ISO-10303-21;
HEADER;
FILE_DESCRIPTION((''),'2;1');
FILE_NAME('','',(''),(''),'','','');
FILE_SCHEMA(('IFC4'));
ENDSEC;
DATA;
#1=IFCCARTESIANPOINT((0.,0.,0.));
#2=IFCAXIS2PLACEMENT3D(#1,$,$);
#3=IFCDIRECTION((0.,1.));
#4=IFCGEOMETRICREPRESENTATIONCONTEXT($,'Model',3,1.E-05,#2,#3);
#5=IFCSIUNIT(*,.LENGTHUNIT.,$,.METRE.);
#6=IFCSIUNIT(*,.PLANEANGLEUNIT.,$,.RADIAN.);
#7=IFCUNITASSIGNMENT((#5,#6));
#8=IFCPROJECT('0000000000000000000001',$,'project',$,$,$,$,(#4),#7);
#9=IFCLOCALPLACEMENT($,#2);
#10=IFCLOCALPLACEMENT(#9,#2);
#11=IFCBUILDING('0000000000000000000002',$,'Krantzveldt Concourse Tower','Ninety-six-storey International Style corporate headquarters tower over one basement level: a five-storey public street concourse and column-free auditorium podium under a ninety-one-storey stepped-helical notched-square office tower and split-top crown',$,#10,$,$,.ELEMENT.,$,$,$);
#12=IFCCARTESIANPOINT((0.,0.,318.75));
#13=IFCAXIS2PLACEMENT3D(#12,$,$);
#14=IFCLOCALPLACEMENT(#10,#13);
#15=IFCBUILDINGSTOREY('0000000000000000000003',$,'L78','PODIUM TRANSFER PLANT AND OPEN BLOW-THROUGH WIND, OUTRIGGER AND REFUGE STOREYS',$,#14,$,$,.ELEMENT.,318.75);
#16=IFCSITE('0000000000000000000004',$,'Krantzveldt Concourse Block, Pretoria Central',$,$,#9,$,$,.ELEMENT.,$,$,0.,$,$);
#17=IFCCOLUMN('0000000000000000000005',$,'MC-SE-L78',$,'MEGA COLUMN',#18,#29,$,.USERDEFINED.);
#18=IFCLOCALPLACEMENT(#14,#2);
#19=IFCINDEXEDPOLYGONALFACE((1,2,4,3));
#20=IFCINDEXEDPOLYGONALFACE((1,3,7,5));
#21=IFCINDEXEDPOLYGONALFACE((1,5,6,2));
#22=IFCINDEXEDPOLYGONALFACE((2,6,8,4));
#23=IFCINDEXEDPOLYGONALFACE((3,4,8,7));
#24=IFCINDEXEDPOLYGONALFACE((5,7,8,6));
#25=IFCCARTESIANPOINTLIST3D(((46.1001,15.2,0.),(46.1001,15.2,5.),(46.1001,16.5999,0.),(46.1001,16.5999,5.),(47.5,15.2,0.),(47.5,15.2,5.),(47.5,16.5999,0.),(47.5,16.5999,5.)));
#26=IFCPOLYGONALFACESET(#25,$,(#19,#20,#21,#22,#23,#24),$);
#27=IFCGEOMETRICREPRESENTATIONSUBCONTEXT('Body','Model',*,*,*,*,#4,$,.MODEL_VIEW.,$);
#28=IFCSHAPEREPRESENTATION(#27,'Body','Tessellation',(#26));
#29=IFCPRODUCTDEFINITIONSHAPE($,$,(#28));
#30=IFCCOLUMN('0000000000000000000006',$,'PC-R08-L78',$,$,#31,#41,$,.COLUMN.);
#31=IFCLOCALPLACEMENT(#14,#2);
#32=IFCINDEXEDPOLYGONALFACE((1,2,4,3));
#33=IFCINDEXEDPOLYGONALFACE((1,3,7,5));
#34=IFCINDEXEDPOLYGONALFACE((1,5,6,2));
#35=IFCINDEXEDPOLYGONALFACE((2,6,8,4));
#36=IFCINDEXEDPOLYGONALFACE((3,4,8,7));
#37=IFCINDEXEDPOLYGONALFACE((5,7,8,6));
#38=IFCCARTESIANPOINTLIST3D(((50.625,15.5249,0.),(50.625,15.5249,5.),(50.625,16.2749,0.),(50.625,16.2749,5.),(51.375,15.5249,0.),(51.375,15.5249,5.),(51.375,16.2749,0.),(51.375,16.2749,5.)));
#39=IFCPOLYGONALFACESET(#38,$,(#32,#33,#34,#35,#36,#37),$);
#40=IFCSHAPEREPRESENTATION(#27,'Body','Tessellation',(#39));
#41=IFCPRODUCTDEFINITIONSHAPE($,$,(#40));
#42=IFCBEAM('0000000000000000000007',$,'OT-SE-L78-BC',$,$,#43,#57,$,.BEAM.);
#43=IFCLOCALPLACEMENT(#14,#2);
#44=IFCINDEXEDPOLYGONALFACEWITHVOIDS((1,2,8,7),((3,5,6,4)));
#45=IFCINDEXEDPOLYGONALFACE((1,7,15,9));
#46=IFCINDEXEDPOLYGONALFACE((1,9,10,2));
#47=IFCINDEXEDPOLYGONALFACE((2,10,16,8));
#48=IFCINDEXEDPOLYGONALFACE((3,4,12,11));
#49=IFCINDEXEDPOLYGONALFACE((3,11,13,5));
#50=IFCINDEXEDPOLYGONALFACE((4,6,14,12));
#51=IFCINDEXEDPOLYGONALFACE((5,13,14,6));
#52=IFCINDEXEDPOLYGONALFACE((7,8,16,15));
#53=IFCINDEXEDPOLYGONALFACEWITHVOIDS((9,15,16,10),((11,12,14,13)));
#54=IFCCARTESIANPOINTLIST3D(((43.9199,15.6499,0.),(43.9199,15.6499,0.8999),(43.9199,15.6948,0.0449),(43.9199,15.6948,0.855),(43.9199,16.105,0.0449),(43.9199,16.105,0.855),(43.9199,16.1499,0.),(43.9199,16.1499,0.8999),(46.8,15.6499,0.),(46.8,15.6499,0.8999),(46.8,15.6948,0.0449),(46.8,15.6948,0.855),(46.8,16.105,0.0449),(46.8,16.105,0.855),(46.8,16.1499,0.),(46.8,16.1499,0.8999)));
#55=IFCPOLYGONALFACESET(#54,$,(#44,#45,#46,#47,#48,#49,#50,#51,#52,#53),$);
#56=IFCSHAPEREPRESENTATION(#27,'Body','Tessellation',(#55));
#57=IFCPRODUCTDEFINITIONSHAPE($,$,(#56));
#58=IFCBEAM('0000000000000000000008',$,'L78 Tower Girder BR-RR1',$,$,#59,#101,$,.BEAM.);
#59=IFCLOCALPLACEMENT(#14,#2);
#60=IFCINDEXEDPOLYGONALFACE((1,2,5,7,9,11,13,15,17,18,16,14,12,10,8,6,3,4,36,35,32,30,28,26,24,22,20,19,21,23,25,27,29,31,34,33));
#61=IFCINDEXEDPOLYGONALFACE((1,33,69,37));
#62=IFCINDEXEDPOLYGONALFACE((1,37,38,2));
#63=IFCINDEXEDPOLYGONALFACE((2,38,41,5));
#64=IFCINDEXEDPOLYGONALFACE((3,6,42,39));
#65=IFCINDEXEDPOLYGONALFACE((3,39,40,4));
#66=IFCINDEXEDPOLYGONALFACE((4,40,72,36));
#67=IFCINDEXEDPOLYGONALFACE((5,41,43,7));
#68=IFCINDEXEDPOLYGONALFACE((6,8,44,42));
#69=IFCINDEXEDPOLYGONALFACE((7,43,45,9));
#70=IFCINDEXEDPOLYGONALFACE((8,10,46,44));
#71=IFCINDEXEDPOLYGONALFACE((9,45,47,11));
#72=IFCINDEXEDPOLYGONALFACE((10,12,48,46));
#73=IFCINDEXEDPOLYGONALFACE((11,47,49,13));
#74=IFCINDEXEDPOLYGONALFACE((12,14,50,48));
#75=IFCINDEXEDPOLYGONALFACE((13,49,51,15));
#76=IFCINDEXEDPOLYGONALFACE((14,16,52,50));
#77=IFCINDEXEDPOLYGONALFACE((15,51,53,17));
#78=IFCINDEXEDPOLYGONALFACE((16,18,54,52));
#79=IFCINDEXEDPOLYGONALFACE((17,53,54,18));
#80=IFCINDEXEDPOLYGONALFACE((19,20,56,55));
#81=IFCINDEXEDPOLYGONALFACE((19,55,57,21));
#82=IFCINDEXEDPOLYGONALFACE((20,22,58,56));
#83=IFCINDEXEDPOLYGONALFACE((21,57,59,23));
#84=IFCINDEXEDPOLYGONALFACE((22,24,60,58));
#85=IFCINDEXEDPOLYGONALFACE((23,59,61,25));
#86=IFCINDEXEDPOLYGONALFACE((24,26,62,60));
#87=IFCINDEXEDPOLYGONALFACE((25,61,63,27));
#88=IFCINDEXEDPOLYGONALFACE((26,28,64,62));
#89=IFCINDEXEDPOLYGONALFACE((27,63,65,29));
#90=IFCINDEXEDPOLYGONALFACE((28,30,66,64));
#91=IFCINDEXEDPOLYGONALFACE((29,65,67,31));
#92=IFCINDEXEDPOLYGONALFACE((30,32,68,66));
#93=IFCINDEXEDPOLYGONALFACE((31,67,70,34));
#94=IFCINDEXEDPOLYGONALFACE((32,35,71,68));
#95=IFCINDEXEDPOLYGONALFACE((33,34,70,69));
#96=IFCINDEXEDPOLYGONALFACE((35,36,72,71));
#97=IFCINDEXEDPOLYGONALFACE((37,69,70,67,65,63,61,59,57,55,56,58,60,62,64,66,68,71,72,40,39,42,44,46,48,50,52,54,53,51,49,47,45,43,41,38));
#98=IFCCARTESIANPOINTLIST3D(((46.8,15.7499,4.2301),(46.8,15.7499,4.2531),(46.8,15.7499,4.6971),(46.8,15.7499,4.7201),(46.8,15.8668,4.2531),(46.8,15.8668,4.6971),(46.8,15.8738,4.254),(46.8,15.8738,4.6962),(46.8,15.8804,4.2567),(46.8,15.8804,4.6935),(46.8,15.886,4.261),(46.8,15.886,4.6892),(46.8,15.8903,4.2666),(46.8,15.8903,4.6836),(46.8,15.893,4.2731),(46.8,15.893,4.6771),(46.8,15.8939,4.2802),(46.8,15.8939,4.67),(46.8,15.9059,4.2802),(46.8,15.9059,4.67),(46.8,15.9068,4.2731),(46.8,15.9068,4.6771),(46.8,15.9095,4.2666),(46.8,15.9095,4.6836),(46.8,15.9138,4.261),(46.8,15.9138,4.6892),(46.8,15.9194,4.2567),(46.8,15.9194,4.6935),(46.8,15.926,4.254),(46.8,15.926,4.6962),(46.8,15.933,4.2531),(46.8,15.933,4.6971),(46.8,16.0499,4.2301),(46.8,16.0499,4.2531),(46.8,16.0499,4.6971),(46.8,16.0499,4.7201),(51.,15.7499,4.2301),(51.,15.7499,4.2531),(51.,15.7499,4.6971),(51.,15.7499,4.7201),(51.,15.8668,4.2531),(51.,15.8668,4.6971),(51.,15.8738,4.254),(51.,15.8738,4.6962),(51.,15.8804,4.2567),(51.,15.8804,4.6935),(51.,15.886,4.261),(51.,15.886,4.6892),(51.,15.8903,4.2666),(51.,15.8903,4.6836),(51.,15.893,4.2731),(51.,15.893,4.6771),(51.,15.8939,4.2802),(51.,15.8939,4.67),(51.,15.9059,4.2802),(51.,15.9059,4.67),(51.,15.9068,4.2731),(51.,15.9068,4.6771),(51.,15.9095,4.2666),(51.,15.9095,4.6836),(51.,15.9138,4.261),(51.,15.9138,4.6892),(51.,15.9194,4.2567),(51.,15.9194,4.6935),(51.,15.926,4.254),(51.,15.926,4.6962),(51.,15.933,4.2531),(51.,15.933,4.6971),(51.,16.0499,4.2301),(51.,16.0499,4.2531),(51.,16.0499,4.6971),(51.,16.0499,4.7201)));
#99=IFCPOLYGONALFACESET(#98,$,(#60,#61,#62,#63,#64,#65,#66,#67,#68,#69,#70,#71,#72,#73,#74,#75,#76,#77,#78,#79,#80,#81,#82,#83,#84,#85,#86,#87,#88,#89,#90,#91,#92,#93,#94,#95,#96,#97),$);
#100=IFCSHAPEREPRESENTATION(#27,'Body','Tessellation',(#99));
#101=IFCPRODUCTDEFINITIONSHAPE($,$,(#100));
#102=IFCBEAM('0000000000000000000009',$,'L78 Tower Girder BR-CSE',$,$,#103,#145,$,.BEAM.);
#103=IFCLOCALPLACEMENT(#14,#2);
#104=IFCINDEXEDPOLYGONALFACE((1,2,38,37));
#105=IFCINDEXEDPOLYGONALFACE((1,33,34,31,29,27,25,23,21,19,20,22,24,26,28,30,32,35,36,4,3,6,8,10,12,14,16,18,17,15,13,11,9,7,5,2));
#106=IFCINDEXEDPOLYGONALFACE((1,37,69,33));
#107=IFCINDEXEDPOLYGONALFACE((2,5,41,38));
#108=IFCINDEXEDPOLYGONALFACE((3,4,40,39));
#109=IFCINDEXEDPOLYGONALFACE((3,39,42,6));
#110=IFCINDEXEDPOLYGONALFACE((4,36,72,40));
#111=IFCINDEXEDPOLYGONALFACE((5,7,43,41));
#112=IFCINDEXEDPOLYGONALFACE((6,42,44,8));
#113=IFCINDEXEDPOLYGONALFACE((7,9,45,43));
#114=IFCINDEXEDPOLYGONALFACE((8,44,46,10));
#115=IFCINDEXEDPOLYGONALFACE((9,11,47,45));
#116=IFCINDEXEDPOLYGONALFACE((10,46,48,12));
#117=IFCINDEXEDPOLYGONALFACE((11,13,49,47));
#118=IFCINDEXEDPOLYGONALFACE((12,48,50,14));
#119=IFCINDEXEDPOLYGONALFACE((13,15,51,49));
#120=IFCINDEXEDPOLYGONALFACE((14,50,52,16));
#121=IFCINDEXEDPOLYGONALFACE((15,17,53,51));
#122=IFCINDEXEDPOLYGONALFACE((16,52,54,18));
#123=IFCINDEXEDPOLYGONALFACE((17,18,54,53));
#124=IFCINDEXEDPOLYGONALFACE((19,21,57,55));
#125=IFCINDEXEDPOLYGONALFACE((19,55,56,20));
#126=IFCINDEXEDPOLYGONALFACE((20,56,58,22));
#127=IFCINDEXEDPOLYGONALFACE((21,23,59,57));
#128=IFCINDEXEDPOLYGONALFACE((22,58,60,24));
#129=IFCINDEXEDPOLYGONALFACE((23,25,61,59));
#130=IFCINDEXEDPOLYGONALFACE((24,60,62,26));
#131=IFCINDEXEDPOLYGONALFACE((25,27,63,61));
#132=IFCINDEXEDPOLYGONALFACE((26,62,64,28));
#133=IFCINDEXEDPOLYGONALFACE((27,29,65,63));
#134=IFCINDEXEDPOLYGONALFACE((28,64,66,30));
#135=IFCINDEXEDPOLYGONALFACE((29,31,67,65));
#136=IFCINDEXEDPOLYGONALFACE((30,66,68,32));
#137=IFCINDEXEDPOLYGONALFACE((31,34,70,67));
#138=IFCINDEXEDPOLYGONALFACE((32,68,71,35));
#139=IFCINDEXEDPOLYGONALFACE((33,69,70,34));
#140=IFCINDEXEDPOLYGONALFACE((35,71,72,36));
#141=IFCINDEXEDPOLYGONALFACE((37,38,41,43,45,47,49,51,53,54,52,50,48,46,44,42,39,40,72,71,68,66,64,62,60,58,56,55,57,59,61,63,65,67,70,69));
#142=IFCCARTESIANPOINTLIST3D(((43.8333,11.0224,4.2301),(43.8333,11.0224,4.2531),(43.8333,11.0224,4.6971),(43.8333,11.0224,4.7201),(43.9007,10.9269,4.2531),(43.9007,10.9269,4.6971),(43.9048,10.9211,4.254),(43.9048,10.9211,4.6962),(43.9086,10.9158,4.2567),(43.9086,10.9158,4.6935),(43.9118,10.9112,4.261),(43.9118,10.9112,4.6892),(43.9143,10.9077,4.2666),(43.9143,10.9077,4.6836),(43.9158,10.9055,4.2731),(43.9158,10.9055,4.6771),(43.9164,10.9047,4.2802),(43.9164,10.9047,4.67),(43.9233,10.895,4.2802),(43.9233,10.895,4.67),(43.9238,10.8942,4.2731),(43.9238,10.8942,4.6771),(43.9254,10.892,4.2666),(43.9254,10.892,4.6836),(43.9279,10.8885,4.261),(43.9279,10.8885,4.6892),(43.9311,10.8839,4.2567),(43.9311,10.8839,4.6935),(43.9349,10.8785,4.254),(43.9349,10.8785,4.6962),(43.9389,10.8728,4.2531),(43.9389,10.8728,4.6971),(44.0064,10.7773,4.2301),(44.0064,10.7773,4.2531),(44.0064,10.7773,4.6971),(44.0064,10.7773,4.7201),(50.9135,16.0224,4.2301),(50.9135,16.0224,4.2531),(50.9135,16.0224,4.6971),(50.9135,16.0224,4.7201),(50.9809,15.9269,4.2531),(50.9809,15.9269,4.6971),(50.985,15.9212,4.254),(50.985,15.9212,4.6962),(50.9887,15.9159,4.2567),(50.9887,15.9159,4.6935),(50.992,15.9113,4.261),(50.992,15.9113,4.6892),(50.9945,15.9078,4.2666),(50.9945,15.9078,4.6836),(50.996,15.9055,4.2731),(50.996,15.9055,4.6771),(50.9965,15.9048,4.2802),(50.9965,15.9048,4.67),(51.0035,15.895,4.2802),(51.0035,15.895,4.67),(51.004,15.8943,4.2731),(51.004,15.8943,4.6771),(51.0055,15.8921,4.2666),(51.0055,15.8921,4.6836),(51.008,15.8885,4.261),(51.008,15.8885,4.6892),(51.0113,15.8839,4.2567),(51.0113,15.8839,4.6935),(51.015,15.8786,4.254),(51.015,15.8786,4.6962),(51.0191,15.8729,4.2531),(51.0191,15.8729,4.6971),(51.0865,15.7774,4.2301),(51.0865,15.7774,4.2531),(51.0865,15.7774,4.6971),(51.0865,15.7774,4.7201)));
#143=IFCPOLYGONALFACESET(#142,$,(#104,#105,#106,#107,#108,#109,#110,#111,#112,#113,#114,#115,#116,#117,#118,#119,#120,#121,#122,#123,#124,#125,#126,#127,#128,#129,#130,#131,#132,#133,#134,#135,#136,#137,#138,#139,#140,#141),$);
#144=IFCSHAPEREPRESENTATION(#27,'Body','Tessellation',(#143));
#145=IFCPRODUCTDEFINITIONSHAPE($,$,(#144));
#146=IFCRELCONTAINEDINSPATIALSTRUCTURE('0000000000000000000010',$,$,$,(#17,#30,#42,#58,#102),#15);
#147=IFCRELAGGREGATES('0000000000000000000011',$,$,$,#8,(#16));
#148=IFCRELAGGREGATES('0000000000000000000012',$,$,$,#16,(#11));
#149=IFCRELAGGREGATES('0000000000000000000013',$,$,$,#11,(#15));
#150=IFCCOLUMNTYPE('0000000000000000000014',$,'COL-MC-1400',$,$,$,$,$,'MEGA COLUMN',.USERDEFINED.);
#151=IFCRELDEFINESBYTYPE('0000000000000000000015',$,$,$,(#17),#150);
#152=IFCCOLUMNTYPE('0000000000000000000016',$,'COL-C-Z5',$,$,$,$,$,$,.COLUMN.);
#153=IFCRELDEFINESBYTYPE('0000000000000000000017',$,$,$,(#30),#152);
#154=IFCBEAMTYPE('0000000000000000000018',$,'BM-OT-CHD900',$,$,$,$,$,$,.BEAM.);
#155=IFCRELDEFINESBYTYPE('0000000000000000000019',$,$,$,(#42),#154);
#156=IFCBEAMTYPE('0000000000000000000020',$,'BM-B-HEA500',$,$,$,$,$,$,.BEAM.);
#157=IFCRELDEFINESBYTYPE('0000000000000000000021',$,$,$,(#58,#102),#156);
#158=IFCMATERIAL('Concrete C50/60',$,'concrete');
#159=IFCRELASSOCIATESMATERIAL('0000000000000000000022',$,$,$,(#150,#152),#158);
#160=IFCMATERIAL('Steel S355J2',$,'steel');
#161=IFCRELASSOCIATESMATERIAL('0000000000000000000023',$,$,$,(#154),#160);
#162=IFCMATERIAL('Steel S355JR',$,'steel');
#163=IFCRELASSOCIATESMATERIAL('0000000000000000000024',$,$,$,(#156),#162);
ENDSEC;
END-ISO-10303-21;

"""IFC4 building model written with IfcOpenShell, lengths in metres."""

from ifc_helpers import new_model, si_unit, direction, frame, origin, origin_2d, place, context, subcontext, project, spatial, rectangle, hollow_rectangle, i_section, extrude, source, transform, mapped, material, material_profile, profile_set, type_object, type_shapes, element, save


model = new_model("IFC4")

# Units and contexts
model_context = context("Model", 3, precision=1e-05, world=origin(), true_north=direction((0.0, 1.0)))
body_context = subcontext(model_context, "Body", "Model", "MODEL_VIEW")
ifc_project = project(units=[si_unit("LENGTHUNIT", "METRE"), si_unit("PLANEANGLEUNIT", "RADIAN")], contexts=[model_context])

# Site, building, storey
site_placement = place(None, origin())
site = spatial("IfcSite", under=ifc_project, at=site_placement, Name="Krantzveldt Concourse Block, Pretoria Central", CompositionType="ELEMENT", RefElevation=0.0)
building_placement = place(site_placement, origin())
building = spatial("IfcBuilding", under=site, at=building_placement, Name="Krantzveldt Concourse Tower", Description="Ninety-six-storey International Style corporate headquarters tower over one basement level: a five-storey public street concourse and column-free auditorium podium under a ninety-one-storey stepped-helical notched-square office tower and split-top crown", CompositionType="ELEMENT")
storey_placement = place(building_placement, frame((0.0, 0.0, 318.75)))
storey = spatial("IfcBuildingStorey", under=building, at=storey_placement, Name="L78", Description="PODIUM TRANSFER PLANT AND OPEN BLOW-THROUGH WIND, OUTRIGGER AND REFUGE STOREYS", CompositionType="ELEMENT", Elevation=318.75)

# Columns
ifc_material_1 = material(Name="Concrete C50/60", Category="concrete")
ifc_material_profile_1 = material_profile(ifc_material_1, rectangle(XDim=1.3999, YDim=1.3999, at=origin_2d()), Name="Concrete C50/60", Category="concrete")
ifc_profile_set_1 = profile_set([ifc_material_profile_1], Name="Concrete C50/60 - RC 1400x1400")
column_type_1 = type_object("IfcColumnType", Name="COL-MC-1400", ElementType="MEGA COLUMN", PredefinedType="USERDEFINED", material=ifc_profile_set_1)
shared_shape_1 = source(origin(), body_context, "Body", "SweptSolid", [
    extrude(rectangle(XDim=1.3999, YDim=1.3999, at=origin_2d()), origin(), (0.0, 0.0, 1.0), 5.0),
])
type_shapes(column_type_1, [shared_shape_1])
column_1_placement = place(storey_placement, frame((46.8, 15.8999, 0.0), z_axis=(0.0, 0.0, 1.0), x_axis=(1.0, 0.0, 0.0)))
element("IfcColumn", 1, at=column_1_placement, inside=storey, type_object=column_type_1, Name="MC-SE-L78", ObjectType="MEGA COLUMN", PredefinedType="USERDEFINED", context=body_context, shape_type="MappedRepresentation", body=[
    mapped(shared_shape_1, transform((0.0, 0.0, 0.0), x_axis=(1.0, 0.0, 0.0), y_axis=(0.0, 1.0, 0.0), z_axis=(0.0, 0.0, 1.0), scale=1.0)),
])
ifc_material_profile_2 = material_profile(ifc_material_1, rectangle(XDim=0.75, YDim=0.75, at=origin_2d()), Name="Concrete C50/60", Category="concrete")
ifc_profile_set_2 = profile_set([ifc_material_profile_2], Name="Concrete C50/60 - RC 750x750")
column_type_2 = type_object("IfcColumnType", Name="COL-C-Z5", PredefinedType="COLUMN", material=ifc_profile_set_2)
shared_shape_2 = source(origin(), body_context, "Body", "SweptSolid", [
    extrude(rectangle(XDim=0.75, YDim=0.75, at=origin_2d()), origin(), (0.0, 0.0, 1.0), 5.0),
])
type_shapes(column_type_2, [shared_shape_2])
column_2_placement = place(storey_placement, frame((51.0, 15.8999, 0.0), z_axis=(0.0, 0.0, 1.0), x_axis=(1.0, 0.0, 0.0)))
element("IfcColumn", 2, at=column_2_placement, inside=storey, type_object=column_type_2, Name="PC-R08-L78", PredefinedType="COLUMN", context=body_context, shape_type="MappedRepresentation", body=[
    mapped(shared_shape_2, transform((0.0, 0.0, 0.0), x_axis=(1.0, 0.0, 0.0), y_axis=(0.0, 1.0, 0.0), z_axis=(0.0, 0.0, 1.0), scale=1.0)),
])

# Beams
ifc_material_2 = material(Name="Steel S355J2", Category="steel")
ifc_material_profile_3 = material_profile(ifc_material_2, hollow_rectangle(XDim=0.5, YDim=0.8999, WallThickness=0.0449, at=origin_2d()), Name="Steel S355J2", Category="steel")
ifc_profile_set_3 = profile_set([ifc_material_profile_3], Name="Steel S355J2 - RHS 900x500x45")
beam_type_1 = type_object("IfcBeamType", Name="BM-OT-CHD900", PredefinedType="BEAM", material=ifc_profile_set_3)
shared_shape_3 = source(origin(), body_context, "Body", "SweptSolid", [
    extrude(hollow_rectangle(XDim=0.5, YDim=0.8999, WallThickness=0.0449, at=origin_2d()), origin(), (0.0, 0.0, 1.0), 2.8801),
])
type_shapes(beam_type_1, [shared_shape_3])
beam_1_placement = place(storey_placement, frame((43.9199, 15.8999, 0.45), z_axis=(1.0, 0.0, 0.0), x_axis=(0.0, 1.0, 0.0)))
element("IfcBeam", 3, at=beam_1_placement, inside=storey, type_object=beam_type_1, Name="OT-SE-L78-BC", PredefinedType="BEAM", context=body_context, shape_type="MappedRepresentation", body=[
    mapped(shared_shape_3, transform((0.0, 0.0, 0.0), x_axis=(1.0, 0.0, 0.0), y_axis=(0.0, 1.0, 0.0), z_axis=(0.0, 0.0, 1.0), scale=1.0)),
])
ifc_material_3 = material(Name="Steel S355JR", Category="steel")
ifc_material_profile_4 = material_profile(ifc_material_3, i_section(OverallWidth=0.3, OverallDepth=0.49, WebThickness=0.012, FlangeThickness=0.0229, FilletRadius=0.0271, at=origin_2d()), Name="Steel S355JR", Category="steel")
ifc_profile_set_4 = profile_set([ifc_material_profile_4], Name="Steel S355JR - HEA 500")
beam_type_2 = type_object("IfcBeamType", Name="BM-B-HEA500", PredefinedType="BEAM", material=ifc_profile_set_4)
shared_shape_4 = source(origin(), body_context, "Body", "SweptSolid", [
    extrude(i_section(OverallWidth=0.3, OverallDepth=0.49, WebThickness=0.012, FlangeThickness=0.0229, FilletRadius=0.0271, at=origin_2d()), origin(), (0.0, 0.0, 1.0), 4.2),
])
beam_2_placement = place(storey_placement, frame((46.8, 15.8999, 4.4751), z_axis=(1.0, 0.0, 0.0), x_axis=(0.0, 1.0, 0.0)))
element("IfcBeam", 4, at=beam_2_placement, inside=storey, type_object=beam_type_2, Name="L78 Tower Girder BR-RR1", PredefinedType="BEAM", context=body_context, shape_type="MappedRepresentation", body=[
    mapped(shared_shape_4, transform((0.0, 0.0, 0.0), x_axis=(1.0, 0.0, 0.0), y_axis=(0.0, 1.0, 0.0), z_axis=(0.0, 0.0, 1.0), scale=1.0)),
])
shared_shape_5 = source(origin(), body_context, "Body", "SweptSolid", [
    extrude(i_section(OverallWidth=0.3, OverallDepth=0.49, WebThickness=0.012, FlangeThickness=0.0229, FilletRadius=0.0271, at=origin_2d()), origin(), (0.0, 0.0, 1.0), 8.6677),
])
type_shapes(beam_type_2, [shared_shape_4, shared_shape_5])
beam_3_placement = place(storey_placement, frame((51.0, 15.8999, 4.4751), z_axis=(-0.816843, -0.57686, 0.0), x_axis=(0.57686, -0.816843, 0.0)))
element("IfcBeam", 5, at=beam_3_placement, inside=storey, type_object=beam_type_2, Name="L78 Tower Girder BR-CSE", PredefinedType="BEAM", context=body_context, shape_type="MappedRepresentation", body=[
    mapped(shared_shape_5, transform((0.0, 0.0, 0.0), x_axis=(1.0, 0.0, 0.0), y_axis=(0.0, 1.0, 0.0), z_axis=(0.0, 0.0, 1.0), scale=1.0)),
])

save(model, "model.ifc")
